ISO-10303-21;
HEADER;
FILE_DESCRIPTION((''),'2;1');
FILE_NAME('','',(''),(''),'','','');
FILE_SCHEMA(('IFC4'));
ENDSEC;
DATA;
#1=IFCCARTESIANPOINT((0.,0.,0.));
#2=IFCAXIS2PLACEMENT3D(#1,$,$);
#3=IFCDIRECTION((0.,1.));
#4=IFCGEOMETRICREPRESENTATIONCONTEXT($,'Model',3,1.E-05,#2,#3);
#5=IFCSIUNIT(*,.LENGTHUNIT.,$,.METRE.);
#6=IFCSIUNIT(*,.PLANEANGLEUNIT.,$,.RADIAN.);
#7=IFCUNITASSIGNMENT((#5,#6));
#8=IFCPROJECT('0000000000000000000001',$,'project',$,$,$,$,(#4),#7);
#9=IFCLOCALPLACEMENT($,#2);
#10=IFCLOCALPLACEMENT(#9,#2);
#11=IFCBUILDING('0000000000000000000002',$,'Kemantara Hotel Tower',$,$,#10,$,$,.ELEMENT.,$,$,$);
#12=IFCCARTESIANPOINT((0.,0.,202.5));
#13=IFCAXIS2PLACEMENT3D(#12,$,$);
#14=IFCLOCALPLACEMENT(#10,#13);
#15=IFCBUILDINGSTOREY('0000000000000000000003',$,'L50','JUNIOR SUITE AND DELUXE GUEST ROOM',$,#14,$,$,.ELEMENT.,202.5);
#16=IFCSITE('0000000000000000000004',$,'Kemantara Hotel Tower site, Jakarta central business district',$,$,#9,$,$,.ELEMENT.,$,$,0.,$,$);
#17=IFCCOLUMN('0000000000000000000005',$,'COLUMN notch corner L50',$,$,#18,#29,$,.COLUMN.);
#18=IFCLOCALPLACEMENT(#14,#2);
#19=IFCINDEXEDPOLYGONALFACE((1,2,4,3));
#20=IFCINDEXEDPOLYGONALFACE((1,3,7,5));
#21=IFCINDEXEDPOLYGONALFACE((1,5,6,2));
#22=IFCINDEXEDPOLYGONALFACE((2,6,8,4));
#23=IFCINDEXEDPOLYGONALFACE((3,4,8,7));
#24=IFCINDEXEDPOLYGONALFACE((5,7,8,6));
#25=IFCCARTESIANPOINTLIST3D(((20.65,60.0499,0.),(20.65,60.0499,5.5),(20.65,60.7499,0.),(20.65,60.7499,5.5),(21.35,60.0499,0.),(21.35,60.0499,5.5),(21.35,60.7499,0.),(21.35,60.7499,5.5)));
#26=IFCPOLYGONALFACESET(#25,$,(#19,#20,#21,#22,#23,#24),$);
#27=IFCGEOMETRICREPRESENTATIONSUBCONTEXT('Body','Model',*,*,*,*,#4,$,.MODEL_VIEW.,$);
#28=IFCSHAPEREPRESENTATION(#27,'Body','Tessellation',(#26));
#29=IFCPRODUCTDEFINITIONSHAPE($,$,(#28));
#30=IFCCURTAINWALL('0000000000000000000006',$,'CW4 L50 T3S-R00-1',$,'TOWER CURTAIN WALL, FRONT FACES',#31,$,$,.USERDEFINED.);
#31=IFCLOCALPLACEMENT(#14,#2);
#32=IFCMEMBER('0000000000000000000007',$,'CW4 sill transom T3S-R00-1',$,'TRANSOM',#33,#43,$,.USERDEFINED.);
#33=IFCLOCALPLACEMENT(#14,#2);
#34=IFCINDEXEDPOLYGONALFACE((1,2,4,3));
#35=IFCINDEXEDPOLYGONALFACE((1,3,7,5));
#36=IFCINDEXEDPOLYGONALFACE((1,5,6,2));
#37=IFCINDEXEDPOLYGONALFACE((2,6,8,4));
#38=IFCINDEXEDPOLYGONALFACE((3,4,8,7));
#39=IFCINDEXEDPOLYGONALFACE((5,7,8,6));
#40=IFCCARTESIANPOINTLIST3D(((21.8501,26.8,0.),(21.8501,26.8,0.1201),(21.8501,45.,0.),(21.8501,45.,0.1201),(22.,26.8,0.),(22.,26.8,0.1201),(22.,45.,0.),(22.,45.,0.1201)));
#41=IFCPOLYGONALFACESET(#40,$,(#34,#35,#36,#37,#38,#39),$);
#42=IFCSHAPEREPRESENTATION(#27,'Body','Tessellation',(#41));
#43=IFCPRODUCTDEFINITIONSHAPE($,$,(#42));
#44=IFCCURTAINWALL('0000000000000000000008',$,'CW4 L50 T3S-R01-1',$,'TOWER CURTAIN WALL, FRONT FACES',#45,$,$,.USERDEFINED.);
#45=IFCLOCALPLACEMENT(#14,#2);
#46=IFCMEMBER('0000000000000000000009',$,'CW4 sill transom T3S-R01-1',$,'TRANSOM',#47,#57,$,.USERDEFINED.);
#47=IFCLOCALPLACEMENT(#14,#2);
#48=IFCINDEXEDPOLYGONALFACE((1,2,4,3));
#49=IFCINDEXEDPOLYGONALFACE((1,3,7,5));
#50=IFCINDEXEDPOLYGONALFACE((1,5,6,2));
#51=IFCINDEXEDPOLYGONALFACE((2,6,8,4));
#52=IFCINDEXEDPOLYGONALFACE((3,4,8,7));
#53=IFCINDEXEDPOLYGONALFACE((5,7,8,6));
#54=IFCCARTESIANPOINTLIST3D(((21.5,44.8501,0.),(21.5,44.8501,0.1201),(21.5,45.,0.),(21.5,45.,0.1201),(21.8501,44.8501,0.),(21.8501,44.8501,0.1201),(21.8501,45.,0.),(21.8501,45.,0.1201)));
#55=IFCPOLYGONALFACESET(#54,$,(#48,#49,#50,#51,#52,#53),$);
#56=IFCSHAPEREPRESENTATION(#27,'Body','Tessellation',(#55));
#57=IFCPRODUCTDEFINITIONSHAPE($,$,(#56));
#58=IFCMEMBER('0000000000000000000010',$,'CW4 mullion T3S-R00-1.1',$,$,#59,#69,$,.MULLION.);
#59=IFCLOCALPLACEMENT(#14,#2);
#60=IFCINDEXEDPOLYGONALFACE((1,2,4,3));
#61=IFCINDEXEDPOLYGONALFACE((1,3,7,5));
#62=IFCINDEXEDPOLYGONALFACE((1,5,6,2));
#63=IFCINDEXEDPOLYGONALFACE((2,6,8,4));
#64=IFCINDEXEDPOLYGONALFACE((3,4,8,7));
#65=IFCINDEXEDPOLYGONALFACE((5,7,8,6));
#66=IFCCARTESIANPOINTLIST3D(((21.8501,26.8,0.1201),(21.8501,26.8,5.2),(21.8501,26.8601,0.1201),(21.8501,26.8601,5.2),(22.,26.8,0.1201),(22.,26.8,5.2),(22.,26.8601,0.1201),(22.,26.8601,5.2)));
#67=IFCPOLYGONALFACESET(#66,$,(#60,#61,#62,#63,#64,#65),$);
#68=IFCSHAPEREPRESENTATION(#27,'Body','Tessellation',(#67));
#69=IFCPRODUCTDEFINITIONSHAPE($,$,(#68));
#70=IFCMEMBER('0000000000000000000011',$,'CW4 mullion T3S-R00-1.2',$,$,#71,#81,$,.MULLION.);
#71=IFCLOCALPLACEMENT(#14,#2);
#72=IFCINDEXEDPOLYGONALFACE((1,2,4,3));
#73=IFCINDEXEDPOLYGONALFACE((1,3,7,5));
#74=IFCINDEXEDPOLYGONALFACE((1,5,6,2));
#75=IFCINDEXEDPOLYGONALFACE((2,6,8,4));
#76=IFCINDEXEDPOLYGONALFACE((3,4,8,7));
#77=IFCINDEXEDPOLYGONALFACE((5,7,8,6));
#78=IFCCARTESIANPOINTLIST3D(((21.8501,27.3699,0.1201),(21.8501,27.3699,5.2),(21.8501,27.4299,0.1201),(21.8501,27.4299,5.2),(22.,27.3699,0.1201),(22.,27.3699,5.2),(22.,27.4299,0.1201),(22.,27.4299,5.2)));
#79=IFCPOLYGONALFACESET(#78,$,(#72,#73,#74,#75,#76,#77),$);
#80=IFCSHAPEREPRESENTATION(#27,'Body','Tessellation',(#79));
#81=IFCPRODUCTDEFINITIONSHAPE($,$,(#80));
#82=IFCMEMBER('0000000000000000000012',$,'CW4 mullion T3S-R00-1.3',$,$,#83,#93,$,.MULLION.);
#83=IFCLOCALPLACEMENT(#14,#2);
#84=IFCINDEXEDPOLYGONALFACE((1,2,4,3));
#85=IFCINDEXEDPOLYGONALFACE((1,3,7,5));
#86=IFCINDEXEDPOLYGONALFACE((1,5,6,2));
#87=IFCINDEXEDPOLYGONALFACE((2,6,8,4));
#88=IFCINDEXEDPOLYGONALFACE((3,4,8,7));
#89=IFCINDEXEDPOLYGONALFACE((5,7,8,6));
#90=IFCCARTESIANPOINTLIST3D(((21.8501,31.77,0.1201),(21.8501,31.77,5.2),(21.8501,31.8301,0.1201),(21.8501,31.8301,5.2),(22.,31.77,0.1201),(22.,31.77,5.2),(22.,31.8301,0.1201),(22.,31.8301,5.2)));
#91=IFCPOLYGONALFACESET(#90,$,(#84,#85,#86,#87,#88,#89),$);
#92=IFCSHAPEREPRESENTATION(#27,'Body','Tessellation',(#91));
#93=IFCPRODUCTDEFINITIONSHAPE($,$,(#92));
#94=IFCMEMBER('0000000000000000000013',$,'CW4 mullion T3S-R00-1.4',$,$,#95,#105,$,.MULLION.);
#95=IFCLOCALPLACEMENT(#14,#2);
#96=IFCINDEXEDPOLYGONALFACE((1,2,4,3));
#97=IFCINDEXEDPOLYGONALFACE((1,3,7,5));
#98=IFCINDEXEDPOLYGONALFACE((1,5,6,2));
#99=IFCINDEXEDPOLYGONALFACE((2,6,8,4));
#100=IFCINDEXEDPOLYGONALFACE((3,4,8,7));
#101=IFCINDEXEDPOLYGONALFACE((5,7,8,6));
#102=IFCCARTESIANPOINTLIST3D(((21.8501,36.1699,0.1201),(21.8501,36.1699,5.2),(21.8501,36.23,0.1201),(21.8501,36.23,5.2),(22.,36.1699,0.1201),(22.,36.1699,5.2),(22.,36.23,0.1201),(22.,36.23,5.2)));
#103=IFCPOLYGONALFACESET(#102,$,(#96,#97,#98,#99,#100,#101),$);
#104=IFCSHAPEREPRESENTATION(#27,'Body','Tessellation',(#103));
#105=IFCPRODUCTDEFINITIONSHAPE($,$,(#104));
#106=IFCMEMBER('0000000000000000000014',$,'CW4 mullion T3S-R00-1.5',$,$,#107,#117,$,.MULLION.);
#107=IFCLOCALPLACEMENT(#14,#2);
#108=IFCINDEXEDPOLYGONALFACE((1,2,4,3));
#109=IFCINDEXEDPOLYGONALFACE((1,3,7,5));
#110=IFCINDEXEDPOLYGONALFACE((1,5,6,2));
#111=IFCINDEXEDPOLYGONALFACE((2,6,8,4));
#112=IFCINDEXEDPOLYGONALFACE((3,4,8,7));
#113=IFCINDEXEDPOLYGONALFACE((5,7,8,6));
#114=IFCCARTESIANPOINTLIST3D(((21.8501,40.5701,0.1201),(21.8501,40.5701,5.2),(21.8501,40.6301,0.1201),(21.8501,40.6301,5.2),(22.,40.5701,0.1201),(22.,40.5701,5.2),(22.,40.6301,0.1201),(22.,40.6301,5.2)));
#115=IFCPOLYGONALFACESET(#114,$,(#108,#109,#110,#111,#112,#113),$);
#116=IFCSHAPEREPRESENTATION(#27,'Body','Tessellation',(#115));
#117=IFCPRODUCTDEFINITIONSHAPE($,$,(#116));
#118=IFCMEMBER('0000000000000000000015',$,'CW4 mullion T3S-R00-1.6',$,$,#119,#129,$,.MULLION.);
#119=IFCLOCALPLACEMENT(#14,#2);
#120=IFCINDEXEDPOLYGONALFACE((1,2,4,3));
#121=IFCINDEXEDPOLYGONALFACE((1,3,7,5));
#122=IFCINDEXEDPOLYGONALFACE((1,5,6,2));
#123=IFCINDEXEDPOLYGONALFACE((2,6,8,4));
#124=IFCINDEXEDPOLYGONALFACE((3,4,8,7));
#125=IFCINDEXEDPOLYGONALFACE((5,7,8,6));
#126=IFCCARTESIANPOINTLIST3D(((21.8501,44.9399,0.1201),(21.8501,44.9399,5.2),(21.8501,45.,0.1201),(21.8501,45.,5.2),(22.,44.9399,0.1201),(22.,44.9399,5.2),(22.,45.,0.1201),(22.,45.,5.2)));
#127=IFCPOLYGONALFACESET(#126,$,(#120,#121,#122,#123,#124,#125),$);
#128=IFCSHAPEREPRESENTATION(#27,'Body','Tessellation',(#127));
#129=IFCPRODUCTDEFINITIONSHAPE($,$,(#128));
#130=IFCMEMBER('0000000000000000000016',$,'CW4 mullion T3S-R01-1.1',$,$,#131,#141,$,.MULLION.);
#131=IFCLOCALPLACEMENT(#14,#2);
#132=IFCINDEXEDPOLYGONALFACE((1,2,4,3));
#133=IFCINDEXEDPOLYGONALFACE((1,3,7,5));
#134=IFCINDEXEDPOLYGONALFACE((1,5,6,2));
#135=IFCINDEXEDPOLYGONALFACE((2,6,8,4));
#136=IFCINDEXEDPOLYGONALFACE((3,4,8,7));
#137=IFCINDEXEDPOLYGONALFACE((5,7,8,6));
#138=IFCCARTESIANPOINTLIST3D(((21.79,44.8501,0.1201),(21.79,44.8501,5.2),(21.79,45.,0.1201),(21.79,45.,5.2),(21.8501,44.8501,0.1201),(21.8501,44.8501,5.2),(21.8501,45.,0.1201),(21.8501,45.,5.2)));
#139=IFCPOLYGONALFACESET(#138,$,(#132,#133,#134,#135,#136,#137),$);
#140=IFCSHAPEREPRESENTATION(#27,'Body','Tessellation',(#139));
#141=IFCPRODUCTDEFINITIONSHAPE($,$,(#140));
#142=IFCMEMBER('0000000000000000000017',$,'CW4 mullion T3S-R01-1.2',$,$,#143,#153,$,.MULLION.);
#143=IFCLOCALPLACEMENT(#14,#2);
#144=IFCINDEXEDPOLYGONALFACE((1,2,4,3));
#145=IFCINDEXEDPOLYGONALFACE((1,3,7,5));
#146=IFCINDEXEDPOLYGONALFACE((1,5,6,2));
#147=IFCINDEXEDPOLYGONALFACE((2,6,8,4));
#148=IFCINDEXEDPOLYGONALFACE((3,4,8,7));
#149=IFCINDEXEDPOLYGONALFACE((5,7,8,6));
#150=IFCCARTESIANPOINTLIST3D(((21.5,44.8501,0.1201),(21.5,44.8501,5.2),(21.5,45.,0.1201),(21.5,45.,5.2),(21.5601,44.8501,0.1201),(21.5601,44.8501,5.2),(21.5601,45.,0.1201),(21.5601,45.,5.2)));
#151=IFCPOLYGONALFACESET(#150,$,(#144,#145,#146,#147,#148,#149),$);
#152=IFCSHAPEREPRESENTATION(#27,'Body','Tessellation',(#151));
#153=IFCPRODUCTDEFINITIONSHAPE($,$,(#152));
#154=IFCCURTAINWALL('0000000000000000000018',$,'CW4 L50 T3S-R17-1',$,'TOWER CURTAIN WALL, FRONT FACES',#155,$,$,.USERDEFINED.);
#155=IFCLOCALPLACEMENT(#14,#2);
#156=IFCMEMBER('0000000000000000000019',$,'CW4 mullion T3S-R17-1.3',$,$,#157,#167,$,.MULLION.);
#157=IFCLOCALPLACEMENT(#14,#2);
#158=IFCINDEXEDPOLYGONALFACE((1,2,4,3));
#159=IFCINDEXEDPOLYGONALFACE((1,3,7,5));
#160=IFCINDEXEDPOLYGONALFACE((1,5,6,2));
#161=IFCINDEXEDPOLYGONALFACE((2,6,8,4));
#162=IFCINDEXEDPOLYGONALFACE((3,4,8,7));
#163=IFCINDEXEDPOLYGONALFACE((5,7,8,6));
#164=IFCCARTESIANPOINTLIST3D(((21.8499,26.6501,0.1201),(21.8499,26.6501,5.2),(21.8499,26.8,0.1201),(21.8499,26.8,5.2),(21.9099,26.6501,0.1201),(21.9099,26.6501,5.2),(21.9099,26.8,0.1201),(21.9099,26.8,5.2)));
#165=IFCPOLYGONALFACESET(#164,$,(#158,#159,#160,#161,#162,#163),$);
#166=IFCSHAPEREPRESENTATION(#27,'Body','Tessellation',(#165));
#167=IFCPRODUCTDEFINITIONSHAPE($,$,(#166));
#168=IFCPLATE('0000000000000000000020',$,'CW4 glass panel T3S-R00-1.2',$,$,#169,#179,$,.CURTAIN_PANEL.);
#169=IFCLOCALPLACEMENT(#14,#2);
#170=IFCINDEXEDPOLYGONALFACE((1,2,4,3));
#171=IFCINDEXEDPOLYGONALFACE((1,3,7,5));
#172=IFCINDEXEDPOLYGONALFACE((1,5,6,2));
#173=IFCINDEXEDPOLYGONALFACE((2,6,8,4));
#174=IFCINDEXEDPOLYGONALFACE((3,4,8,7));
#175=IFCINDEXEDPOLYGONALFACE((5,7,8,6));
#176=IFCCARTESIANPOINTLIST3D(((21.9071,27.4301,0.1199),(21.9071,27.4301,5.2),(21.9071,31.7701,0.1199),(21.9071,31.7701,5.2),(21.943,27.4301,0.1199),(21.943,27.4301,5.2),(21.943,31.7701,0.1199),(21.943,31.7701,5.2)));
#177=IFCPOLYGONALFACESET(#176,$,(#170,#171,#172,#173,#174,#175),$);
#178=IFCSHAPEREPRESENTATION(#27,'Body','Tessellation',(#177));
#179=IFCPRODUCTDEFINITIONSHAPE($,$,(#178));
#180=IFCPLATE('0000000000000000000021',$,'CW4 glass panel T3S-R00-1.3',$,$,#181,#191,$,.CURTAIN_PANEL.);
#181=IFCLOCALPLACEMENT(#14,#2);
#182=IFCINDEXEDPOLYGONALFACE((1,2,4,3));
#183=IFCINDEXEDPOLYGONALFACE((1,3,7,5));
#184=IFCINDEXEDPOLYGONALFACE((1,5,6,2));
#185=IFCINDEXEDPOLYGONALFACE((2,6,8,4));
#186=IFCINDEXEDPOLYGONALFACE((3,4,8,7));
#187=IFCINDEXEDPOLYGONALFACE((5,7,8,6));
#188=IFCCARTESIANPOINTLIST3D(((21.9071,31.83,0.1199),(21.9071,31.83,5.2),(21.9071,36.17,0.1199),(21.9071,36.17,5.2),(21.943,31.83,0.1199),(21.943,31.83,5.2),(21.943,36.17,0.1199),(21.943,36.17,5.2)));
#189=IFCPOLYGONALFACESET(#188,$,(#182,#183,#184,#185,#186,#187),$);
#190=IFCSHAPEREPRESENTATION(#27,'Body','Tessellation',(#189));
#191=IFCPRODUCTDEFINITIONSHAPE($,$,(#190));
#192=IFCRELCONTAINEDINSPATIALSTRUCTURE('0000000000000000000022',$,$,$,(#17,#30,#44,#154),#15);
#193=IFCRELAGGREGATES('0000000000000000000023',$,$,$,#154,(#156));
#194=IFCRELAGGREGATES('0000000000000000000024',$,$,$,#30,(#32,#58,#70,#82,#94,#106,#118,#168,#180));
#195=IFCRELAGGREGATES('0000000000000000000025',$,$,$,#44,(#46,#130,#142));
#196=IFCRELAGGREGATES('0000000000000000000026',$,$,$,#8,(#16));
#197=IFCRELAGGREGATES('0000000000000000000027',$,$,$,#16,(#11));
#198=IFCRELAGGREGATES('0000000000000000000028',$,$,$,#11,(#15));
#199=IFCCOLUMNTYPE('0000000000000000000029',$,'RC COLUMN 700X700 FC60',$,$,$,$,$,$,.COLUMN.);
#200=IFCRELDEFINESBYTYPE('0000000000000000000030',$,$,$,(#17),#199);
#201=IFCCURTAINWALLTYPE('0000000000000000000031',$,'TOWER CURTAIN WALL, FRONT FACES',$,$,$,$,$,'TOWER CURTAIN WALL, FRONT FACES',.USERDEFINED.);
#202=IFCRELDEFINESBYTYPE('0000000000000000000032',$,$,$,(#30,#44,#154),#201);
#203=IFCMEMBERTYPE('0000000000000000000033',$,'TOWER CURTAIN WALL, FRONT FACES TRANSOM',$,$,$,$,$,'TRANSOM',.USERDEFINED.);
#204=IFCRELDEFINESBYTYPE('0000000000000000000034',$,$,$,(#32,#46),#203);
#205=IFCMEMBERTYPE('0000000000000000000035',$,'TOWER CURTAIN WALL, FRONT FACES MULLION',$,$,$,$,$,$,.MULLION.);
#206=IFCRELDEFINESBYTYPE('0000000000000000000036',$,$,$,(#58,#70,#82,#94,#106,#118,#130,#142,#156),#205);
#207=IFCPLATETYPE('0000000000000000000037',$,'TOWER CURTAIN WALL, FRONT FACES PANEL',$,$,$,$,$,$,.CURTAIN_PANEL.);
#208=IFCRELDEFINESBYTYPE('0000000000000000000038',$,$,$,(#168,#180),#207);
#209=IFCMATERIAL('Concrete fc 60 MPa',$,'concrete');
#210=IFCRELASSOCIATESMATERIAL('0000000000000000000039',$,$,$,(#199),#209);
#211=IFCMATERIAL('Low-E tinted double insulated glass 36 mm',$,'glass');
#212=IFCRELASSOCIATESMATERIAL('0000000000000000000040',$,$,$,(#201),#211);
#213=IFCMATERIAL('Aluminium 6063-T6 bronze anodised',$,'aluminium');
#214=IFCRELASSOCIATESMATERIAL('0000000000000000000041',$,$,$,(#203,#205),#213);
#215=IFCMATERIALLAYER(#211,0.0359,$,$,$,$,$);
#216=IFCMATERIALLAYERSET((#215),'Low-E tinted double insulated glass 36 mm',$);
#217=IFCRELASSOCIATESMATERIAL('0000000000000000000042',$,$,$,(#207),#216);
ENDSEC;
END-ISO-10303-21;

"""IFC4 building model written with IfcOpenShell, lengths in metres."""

from ifc_helpers import new_model, si_unit, direction, frame, origin, origin_2d, place, context, subcontext, project, spatial, rectangle, extrude, source, transform, mapped, material, layer, layer_set, material_profile, profile_set, type_object, element, aggregate, save


model = new_model("IFC4")

# Units and contexts
model_context = context("Model", 3, precision=1e-05, world=origin(), true_north=direction((0.0, 1.0)))
body_context = subcontext(model_context, "Body", "Model", "MODEL_VIEW")
ifc_project = project(units=[si_unit("LENGTHUNIT", "METRE"), si_unit("PLANEANGLEUNIT", "RADIAN")], contexts=[model_context])

# Site, building, storey
site_placement = place(None, origin())
site = spatial("IfcSite", under=ifc_project, at=site_placement, Name="Kemantara Hotel Tower site, Jakarta central business district", CompositionType="ELEMENT", RefElevation=0.0)
building_placement = place(site_placement, origin())
building = spatial("IfcBuilding", under=site, at=building_placement, Name="Kemantara Hotel Tower", CompositionType="ELEMENT")
storey_placement = place(building_placement, frame((0.0, 0.0, 202.5)))
storey = spatial("IfcBuildingStorey", under=building, at=storey_placement, Name="L50", Description="JUNIOR SUITE AND DELUXE GUEST ROOM", CompositionType="ELEMENT", Elevation=202.5)

# Column
ifc_material_1 = material(Name="Concrete fc 60 MPa", Category="concrete")
ifc_material_profile_1 = material_profile(ifc_material_1, rectangle(XDim=0.7, YDim=0.7, at=origin_2d()), Name="RC 700X700")
ifc_profile_set_1 = profile_set([ifc_material_profile_1], Name="Concrete fc 60 MPa")
column_type = type_object("IfcColumnType", Name="RC COLUMN 700X700 FC60", PredefinedType="COLUMN", material=ifc_profile_set_1)
column_placement = place(storey_placement, frame((21.0, 60.3999, 0.0), z_axis=(0.0, 0.0, 1.0), x_axis=(1.0, 0.0, 0.0)))
element("IfcColumn", 1, at=column_placement, inside=storey, type_object=column_type, Name="COLUMN notch corner L50", PredefinedType="COLUMN", context=body_context, shape_type="SweptSolid", body=[
    extrude(rectangle(XDim=0.7, YDim=0.7, at=origin_2d()), origin(), (0.0, 0.0, 1.0), 5.5),
])

# Curtain walls, members
ifc_material_2 = material(Name="Low-E tinted double insulated glass 36 mm", Category="glass")
curtain_wall_type = type_object("IfcCurtainWallType", Name="TOWER CURTAIN WALL, FRONT FACES", ElementType="TOWER CURTAIN WALL, FRONT FACES", PredefinedType="USERDEFINED", material=ifc_material_2)
curtain_wall_1_placement = place(storey_placement, origin())
curtain_wall_1 = element("IfcCurtainWall", 2, at=curtain_wall_1_placement, inside=storey, type_object=curtain_wall_type, Name="CW4 L50 T3S-R00-1", ObjectType="TOWER CURTAIN WALL, FRONT FACES", PredefinedType="USERDEFINED")
ifc_material_3 = material(Name="Aluminium 6063-T6 bronze anodised", Category="aluminium")
ifc_material_profile_2 = material_profile(ifc_material_3, rectangle(XDim=0.1499, YDim=0.1201, at=origin_2d()), Name="TOWER CURTAIN WALL, FRONT FACES TRANSOM")
ifc_profile_set_2 = profile_set([ifc_material_profile_2], Name="Aluminium 6063-T6 bronze anodised")
member_type_1 = type_object("IfcMemberType", Name="TOWER CURTAIN WALL, FRONT FACES TRANSOM", ElementType="TRANSOM", PredefinedType="USERDEFINED", material=ifc_profile_set_2)
member_1_placement = place(storey_placement, frame((21.925, 26.8, 0.0601), z_axis=(0.0, 1.0, 0.0), x_axis=(-1.0, 0.0, 0.0)))
member_1 = element("IfcMember", 3, at=member_1_placement, type_object=member_type_1, Name="CW4 sill transom T3S-R00-1", ObjectType="TRANSOM", PredefinedType="USERDEFINED", context=body_context, shape_type="SweptSolid", body=[
    extrude(rectangle(XDim=0.1499, YDim=0.1201, at=origin_2d()), origin(), (0.0, 0.0, 1.0), 18.2),
])
curtain_wall_2_placement = place(storey_placement, origin())
curtain_wall_2 = element("IfcCurtainWall", 4, at=curtain_wall_2_placement, inside=storey, type_object=curtain_wall_type, Name="CW4 L50 T3S-R01-1", ObjectType="TOWER CURTAIN WALL, FRONT FACES", PredefinedType="USERDEFINED")
member_2_placement = place(storey_placement, frame((21.8501, 44.925, 0.0601), z_axis=(-1.0, 0.0, 0.0), x_axis=(0.0, -1.0, 0.0)))
member_2 = element("IfcMember", 5, at=member_2_placement, type_object=member_type_1, Name="CW4 sill transom T3S-R01-1", ObjectType="TRANSOM", PredefinedType="USERDEFINED", context=body_context, shape_type="SweptSolid", body=[
    extrude(rectangle(XDim=0.1499, YDim=0.1201, at=origin_2d()), origin(), (0.0, 0.0, 1.0), 0.3501),
])

# Members
ifc_material_profile_3 = material_profile(ifc_material_3, rectangle(XDim=0.1499, YDim=0.0601, at=origin_2d()), Name="TOWER CURTAIN WALL, FRONT FACES MULLION")
ifc_profile_set_3 = profile_set([ifc_material_profile_3], Name="Aluminium 6063-T6 bronze anodised")
member_type_2 = type_object("IfcMemberType", Name="TOWER CURTAIN WALL, FRONT FACES MULLION", PredefinedType="MULLION", material=ifc_profile_set_3)
shared_shape_1 = source(origin(), body_context, "Body", "SweptSolid", [
    extrude(rectangle(XDim=0.1499, YDim=0.0601, at=origin_2d()), origin(), (0.0, 0.0, 1.0), 5.0798),
])
member_3_placement = place(storey_placement, frame((21.925, 26.8301, 0.1201), z_axis=(0.0, 0.0, 1.0), x_axis=(-1.0, 0.0, 0.0)))
member_3 = element("IfcMember", 6, at=member_3_placement, type_object=member_type_2, Name="CW4 mullion T3S-R00-1.1", PredefinedType="MULLION", context=body_context, shape_type="MappedRepresentation", body=[
    mapped(shared_shape_1, transform((0.0, 0.0, 0.0))),
])
member_4_placement = place(storey_placement, frame((21.925, 27.3999, 0.1201), z_axis=(0.0, 0.0, 1.0), x_axis=(-1.0, 0.0, 0.0)))
member_4 = element("IfcMember", 7, at=member_4_placement, type_object=member_type_2, Name="CW4 mullion T3S-R00-1.2", PredefinedType="MULLION", context=body_context, shape_type="MappedRepresentation", body=[
    mapped(shared_shape_1, transform((0.0, 0.0, 0.0))),
])
member_5_placement = place(storey_placement, frame((21.925, 31.8, 0.1201), z_axis=(0.0, 0.0, 1.0), x_axis=(-1.0, 0.0, 0.0)))
member_5 = element("IfcMember", 8, at=member_5_placement, type_object=member_type_2, Name="CW4 mullion T3S-R00-1.3", PredefinedType="MULLION", context=body_context, shape_type="MappedRepresentation", body=[
    mapped(shared_shape_1, transform((0.0, 0.0, 0.0))),
])
member_6_placement = place(storey_placement, frame((21.925, 36.2, 0.1201), z_axis=(0.0, 0.0, 1.0), x_axis=(-1.0, 0.0, 0.0)))
member_6 = element("IfcMember", 9, at=member_6_placement, type_object=member_type_2, Name="CW4 mullion T3S-R00-1.4", PredefinedType="MULLION", context=body_context, shape_type="MappedRepresentation", body=[
    mapped(shared_shape_1, transform((0.0, 0.0, 0.0))),
])
member_7_placement = place(storey_placement, frame((21.925, 40.6001, 0.1201), z_axis=(0.0, 0.0, 1.0), x_axis=(-1.0, 0.0, 0.0)))
member_7 = element("IfcMember", 10, at=member_7_placement, type_object=member_type_2, Name="CW4 mullion T3S-R00-1.5", PredefinedType="MULLION", context=body_context, shape_type="MappedRepresentation", body=[
    mapped(shared_shape_1, transform((0.0, 0.0, 0.0))),
])
member_8_placement = place(storey_placement, frame((21.925, 44.97, 0.1201), z_axis=(0.0, 0.0, 1.0), x_axis=(-1.0, 0.0, 0.0)))
member_8 = element("IfcMember", 11, at=member_8_placement, type_object=member_type_2, Name="CW4 mullion T3S-R00-1.6", PredefinedType="MULLION", context=body_context, shape_type="MappedRepresentation", body=[
    mapped(shared_shape_1, transform((0.0, 0.0, 0.0))),
])
member_9_placement = place(storey_placement, frame((21.8201, 44.925, 0.1201), z_axis=(0.0, 0.0, 1.0), x_axis=(0.0, -1.0, 0.0)))
member_9 = element("IfcMember", 12, at=member_9_placement, type_object=member_type_2, Name="CW4 mullion T3S-R01-1.1", PredefinedType="MULLION", context=body_context, shape_type="MappedRepresentation", body=[
    mapped(shared_shape_1, transform((0.0, 0.0, 0.0))),
])
member_10_placement = place(storey_placement, frame((21.53, 44.925, 0.1201), z_axis=(0.0, 0.0, 1.0), x_axis=(0.0, -1.0, 0.0)))
member_10 = element("IfcMember", 13, at=member_10_placement, type_object=member_type_2, Name="CW4 mullion T3S-R01-1.2", PredefinedType="MULLION", context=body_context, shape_type="MappedRepresentation", body=[
    mapped(shared_shape_1, transform((0.0, 0.0, 0.0))),
])

# Curtain wall, member
curtain_wall_3_placement = place(storey_placement, origin())
curtain_wall_3 = element("IfcCurtainWall", 14, at=curtain_wall_3_placement, inside=storey, type_object=curtain_wall_type, Name="CW4 L50 T3S-R17-1", ObjectType="TOWER CURTAIN WALL, FRONT FACES", PredefinedType="USERDEFINED")
member_11_placement = place(storey_placement, frame((21.8799, 26.7251, 0.1201), z_axis=(0.0, 0.0, 1.0), x_axis=(0.0, -1.0, 0.0)))
member_11 = element("IfcMember", 15, at=member_11_placement, type_object=member_type_2, Name="CW4 mullion T3S-R17-1.3", PredefinedType="MULLION", context=body_context, shape_type="MappedRepresentation", body=[
    mapped(shared_shape_1, transform((0.0, 0.0, 0.0))),
])
aggregate(curtain_wall_3, [member_11])

# Plates
ifc_layer_1 = layer(ifc_material_2, 0.0359)
ifc_layer_set_1 = layer_set([ifc_layer_1], Name="Low-E tinted double insulated glass 36 mm")
plate_type = type_object("IfcPlateType", Name="TOWER CURTAIN WALL, FRONT FACES PANEL", PredefinedType="CURTAIN_PANEL", material=ifc_layer_set_1)
shared_shape_2 = source(origin(), body_context, "Body", "SweptSolid", [
    extrude(rectangle(XDim=4.3401, YDim=0.0359, at=origin_2d()), origin(), (0.0, 0.0, 1.0), 5.0801),
])
plate_1_placement = place(storey_placement, frame((21.925, 29.6001, 0.1199), z_axis=(0.0, 0.0, 1.0), x_axis=(0.0, 1.0, 0.0)))
plate_1 = element("IfcPlate", 16, at=plate_1_placement, type_object=plate_type, Name="CW4 glass panel T3S-R00-1.2", PredefinedType="CURTAIN_PANEL", context=body_context, shape_type="MappedRepresentation", body=[
    mapped(shared_shape_2, transform((0.0, 0.0, 0.0))),
])
plate_2_placement = place(storey_placement, frame((21.925, 34.0, 0.1199), z_axis=(0.0, 0.0, 1.0), x_axis=(0.0, 1.0, 0.0)))
plate_2 = element("IfcPlate", 17, at=plate_2_placement, type_object=plate_type, Name="CW4 glass panel T3S-R00-1.3", PredefinedType="CURTAIN_PANEL", context=body_context, shape_type="MappedRepresentation", body=[
    mapped(shared_shape_2, transform((0.0, 0.0, 0.0))),
])
aggregate(curtain_wall_1, [member_1, member_3, member_4, member_5, member_6, member_7, member_8, plate_1, plate_2])
aggregate(curtain_wall_2, [member_2, member_9, member_10])

save(model, "model.ifc")
